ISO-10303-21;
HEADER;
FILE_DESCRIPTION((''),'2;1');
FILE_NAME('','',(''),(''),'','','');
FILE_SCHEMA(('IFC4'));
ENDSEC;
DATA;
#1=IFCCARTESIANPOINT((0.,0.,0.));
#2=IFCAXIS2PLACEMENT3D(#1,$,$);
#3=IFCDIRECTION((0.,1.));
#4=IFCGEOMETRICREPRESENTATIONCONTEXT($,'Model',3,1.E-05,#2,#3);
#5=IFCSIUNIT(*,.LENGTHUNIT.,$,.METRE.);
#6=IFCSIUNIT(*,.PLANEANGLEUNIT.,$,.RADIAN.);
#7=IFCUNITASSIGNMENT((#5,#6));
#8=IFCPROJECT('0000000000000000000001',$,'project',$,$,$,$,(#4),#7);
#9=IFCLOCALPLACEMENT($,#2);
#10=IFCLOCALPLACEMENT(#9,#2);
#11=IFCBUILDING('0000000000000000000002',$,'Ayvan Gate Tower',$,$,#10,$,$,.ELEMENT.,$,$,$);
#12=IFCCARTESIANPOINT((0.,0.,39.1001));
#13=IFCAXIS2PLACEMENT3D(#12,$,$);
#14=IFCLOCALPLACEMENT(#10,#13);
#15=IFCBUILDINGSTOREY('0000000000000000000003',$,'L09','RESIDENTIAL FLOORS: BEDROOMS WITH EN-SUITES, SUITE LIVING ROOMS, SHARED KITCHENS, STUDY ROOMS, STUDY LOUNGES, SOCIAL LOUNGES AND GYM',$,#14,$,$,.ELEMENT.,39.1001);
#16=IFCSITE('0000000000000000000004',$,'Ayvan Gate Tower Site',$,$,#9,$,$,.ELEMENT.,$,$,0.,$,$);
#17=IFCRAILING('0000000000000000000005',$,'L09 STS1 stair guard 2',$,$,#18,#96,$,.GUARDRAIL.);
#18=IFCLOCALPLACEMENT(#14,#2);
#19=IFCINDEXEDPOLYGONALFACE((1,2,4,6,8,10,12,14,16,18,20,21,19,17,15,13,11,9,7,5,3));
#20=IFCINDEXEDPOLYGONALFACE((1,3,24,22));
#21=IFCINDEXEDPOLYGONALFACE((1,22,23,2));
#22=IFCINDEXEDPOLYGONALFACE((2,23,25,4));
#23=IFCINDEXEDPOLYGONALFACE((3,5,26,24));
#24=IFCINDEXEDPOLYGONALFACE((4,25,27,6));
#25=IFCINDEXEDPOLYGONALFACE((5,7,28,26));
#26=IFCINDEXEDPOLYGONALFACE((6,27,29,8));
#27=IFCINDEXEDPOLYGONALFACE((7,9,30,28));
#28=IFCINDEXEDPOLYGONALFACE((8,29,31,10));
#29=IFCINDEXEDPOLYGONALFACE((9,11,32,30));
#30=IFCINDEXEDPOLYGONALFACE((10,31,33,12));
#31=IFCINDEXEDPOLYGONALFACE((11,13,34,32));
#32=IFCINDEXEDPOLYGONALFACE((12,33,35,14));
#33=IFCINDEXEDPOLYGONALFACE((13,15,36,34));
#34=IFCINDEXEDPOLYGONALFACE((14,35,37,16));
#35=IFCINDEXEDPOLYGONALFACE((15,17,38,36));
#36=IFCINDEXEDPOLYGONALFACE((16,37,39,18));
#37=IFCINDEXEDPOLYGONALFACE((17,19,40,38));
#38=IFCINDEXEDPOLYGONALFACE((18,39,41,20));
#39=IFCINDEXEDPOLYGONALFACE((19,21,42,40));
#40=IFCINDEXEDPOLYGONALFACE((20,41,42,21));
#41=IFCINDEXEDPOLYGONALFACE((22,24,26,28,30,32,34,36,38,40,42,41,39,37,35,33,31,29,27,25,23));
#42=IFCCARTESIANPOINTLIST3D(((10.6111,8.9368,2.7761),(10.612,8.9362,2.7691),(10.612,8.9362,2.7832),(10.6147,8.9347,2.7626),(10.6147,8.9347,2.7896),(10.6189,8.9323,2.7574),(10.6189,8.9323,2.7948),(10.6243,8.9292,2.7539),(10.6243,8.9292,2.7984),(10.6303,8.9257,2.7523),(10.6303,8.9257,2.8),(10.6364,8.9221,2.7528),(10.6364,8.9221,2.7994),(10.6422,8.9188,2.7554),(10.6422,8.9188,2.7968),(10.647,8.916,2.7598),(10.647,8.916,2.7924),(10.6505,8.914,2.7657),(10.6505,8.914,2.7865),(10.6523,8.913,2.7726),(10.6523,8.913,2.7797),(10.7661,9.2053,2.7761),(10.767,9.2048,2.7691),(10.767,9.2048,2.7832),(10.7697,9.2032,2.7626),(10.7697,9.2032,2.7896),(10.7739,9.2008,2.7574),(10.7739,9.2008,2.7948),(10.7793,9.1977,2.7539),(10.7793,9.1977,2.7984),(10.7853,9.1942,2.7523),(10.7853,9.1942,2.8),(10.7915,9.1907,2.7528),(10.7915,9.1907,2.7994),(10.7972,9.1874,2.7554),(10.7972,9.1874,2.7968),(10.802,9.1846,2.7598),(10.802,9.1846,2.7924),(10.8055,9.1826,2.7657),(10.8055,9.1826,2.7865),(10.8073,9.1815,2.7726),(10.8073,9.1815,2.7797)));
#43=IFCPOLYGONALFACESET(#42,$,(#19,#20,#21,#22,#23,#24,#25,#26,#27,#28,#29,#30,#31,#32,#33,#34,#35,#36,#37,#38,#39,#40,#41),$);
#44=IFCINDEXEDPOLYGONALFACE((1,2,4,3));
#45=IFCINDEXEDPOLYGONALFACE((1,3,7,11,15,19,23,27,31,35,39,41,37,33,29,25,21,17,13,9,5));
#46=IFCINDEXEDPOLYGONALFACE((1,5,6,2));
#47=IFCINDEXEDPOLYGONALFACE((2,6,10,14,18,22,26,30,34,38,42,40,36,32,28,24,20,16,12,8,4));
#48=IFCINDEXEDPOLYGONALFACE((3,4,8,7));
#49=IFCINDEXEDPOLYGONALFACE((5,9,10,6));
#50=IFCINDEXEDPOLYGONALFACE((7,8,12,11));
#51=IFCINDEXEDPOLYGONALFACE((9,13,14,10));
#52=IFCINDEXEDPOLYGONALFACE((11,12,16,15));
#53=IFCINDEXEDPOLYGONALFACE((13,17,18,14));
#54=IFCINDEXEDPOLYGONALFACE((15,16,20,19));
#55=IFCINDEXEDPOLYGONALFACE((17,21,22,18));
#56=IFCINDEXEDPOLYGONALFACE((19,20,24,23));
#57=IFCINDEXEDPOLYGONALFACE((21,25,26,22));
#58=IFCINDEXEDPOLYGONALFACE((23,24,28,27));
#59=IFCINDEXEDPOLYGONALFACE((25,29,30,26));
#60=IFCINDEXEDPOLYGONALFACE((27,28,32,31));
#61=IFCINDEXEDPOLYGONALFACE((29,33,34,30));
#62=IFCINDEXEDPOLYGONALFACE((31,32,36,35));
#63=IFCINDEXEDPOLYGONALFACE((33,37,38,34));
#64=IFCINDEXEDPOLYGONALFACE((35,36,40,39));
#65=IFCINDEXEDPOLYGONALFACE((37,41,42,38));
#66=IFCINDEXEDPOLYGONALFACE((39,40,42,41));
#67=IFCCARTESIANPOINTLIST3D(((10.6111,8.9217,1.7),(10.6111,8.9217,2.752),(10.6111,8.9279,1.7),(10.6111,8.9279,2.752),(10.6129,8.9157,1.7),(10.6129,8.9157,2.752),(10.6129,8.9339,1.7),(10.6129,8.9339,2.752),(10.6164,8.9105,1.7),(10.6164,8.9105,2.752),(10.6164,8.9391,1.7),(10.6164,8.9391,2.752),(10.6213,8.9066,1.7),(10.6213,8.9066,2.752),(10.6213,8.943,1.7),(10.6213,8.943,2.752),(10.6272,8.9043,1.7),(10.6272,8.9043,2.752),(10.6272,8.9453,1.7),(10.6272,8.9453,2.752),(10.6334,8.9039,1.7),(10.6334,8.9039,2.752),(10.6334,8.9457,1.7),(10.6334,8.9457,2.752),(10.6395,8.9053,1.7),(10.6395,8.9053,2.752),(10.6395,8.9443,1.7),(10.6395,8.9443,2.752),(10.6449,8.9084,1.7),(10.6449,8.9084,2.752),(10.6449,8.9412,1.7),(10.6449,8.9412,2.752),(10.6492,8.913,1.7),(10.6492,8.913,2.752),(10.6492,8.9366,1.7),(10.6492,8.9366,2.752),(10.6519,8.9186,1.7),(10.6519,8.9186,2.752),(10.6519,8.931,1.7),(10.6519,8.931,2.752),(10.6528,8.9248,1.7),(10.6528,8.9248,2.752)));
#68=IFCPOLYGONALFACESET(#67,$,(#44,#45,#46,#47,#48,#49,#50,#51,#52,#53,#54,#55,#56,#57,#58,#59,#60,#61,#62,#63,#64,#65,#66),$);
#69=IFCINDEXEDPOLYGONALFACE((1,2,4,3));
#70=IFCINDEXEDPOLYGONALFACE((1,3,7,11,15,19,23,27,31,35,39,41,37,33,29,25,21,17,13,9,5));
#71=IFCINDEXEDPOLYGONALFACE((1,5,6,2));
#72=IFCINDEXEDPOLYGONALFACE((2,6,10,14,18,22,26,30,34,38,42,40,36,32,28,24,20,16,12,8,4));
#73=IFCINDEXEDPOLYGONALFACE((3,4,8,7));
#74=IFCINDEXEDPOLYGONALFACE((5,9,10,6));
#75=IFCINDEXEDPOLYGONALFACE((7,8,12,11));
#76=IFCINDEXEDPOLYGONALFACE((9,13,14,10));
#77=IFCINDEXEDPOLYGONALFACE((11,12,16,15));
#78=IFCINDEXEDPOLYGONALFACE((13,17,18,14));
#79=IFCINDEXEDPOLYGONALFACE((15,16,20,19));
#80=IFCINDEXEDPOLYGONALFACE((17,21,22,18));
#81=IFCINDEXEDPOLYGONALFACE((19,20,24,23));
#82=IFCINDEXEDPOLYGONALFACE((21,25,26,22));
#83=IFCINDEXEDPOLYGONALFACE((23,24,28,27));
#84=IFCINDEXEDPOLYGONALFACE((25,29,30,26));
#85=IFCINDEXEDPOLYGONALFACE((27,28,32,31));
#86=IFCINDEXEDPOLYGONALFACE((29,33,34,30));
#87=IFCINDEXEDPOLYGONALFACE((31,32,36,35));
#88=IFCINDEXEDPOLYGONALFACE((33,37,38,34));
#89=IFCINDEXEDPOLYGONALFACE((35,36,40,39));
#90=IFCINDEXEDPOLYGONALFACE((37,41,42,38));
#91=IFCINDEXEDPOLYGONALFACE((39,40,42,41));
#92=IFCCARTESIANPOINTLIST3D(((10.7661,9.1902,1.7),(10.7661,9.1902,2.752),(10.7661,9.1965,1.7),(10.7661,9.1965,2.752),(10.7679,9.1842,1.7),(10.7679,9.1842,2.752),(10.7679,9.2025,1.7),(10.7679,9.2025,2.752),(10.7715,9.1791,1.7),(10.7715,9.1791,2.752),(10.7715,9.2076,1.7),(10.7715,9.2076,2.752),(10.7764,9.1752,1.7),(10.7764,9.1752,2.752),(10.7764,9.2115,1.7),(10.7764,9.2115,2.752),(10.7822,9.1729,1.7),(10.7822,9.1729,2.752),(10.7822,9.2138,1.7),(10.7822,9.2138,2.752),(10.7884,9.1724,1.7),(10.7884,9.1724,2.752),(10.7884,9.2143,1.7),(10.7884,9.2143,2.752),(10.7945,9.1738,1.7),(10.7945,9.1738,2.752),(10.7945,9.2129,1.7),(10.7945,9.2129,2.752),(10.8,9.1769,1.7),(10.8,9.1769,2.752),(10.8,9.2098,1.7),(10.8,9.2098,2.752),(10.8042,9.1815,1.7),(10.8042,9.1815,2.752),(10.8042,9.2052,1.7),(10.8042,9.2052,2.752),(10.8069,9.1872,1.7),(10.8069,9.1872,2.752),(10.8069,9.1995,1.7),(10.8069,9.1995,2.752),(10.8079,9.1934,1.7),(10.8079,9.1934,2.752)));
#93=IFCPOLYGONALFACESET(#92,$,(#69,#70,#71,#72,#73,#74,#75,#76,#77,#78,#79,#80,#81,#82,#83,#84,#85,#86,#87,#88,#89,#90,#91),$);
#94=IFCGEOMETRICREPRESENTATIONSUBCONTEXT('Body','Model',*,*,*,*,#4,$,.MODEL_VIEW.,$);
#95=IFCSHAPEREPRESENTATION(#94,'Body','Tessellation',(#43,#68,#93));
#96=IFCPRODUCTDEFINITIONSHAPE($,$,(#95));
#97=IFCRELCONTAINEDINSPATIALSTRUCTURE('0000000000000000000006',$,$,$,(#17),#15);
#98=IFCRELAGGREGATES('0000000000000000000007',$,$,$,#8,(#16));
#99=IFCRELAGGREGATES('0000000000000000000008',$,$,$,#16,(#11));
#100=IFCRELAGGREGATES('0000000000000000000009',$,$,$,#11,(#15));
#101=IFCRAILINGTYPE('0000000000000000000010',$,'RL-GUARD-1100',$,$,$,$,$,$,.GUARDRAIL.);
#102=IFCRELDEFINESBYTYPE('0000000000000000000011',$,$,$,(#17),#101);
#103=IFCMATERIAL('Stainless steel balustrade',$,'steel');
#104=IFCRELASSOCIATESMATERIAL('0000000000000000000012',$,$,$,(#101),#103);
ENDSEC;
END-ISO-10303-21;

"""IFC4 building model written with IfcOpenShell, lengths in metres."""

from ifc_helpers import new_model, si_unit, direction, frame, origin, origin_2d, place, context, subcontext, project, spatial, circle, extrude, material, type_object, element, save


model = new_model("IFC4")

# Units and contexts
model_context = context("Model", 3, precision=1e-05, world=origin(), true_north=direction((0.0, 1.0)))
body_context = subcontext(model_context, "Body", "Model", "MODEL_VIEW")
ifc_project = project(units=[si_unit("LENGTHUNIT", "METRE"), si_unit("PLANEANGLEUNIT", "RADIAN")], contexts=[model_context])

# Site, building, storey
site_placement = place(None, origin())
site = spatial("IfcSite", under=ifc_project, at=site_placement, Name="Ayvan Gate Tower Site", CompositionType="ELEMENT", RefElevation=0.0)
building_placement = place(site_placement, origin())
building = spatial("IfcBuilding", under=site, at=building_placement, Name="Ayvan Gate Tower", CompositionType="ELEMENT")
storey_placement = place(building_placement, frame((0.0, 0.0, 39.1001)))
storey = spatial("IfcBuildingStorey", under=building, at=storey_placement, Name="L09", Description="RESIDENTIAL FLOORS: BEDROOMS WITH EN-SUITES, SUITE LIVING ROOMS, SHARED KITCHENS, STUDY ROOMS, STUDY LOUNGES, SOCIAL LOUNGES AND GYM", CompositionType="ELEMENT", Elevation=39.1001)

# Railing
ifc_material_1 = material(Name="Stainless steel balustrade", Category="steel")
railing_type_1 = type_object("IfcRailingType", Name="RL-GUARD-1100", PredefinedType="GUARDRAIL", material=ifc_material_1)
railing_1_placement = place(storey_placement, frame((10.6318, 8.9248, 1.7)))
element("IfcRailing", 1, at=railing_1_placement, inside=storey, type_object=railing_type_1, Name="L09 STS1 stair guard 2", PredefinedType="GUARDRAIL", context=body_context, shape_type="SweptSolid", body=[
    extrude(circle(Radius=0.0239, at=origin_2d()), frame((0.0, 0.0, 1.0762), z_axis=(0.49995, 0.866054, 0.0), x_axis=(-0.866054, 0.49995, 0.0)), (0.0, 0.0, 1.0), 0.3101),
    extrude(circle(Radius=0.021, at=origin_2d()), origin(), (0.0, 0.0, 1.0), 1.052),
    extrude(circle(Radius=0.021, at=origin_2d()), frame((0.155, 0.2686, 0.0)), (0.0, 0.0, 1.0), 1.052),
])

save(model, "model.ifc")
